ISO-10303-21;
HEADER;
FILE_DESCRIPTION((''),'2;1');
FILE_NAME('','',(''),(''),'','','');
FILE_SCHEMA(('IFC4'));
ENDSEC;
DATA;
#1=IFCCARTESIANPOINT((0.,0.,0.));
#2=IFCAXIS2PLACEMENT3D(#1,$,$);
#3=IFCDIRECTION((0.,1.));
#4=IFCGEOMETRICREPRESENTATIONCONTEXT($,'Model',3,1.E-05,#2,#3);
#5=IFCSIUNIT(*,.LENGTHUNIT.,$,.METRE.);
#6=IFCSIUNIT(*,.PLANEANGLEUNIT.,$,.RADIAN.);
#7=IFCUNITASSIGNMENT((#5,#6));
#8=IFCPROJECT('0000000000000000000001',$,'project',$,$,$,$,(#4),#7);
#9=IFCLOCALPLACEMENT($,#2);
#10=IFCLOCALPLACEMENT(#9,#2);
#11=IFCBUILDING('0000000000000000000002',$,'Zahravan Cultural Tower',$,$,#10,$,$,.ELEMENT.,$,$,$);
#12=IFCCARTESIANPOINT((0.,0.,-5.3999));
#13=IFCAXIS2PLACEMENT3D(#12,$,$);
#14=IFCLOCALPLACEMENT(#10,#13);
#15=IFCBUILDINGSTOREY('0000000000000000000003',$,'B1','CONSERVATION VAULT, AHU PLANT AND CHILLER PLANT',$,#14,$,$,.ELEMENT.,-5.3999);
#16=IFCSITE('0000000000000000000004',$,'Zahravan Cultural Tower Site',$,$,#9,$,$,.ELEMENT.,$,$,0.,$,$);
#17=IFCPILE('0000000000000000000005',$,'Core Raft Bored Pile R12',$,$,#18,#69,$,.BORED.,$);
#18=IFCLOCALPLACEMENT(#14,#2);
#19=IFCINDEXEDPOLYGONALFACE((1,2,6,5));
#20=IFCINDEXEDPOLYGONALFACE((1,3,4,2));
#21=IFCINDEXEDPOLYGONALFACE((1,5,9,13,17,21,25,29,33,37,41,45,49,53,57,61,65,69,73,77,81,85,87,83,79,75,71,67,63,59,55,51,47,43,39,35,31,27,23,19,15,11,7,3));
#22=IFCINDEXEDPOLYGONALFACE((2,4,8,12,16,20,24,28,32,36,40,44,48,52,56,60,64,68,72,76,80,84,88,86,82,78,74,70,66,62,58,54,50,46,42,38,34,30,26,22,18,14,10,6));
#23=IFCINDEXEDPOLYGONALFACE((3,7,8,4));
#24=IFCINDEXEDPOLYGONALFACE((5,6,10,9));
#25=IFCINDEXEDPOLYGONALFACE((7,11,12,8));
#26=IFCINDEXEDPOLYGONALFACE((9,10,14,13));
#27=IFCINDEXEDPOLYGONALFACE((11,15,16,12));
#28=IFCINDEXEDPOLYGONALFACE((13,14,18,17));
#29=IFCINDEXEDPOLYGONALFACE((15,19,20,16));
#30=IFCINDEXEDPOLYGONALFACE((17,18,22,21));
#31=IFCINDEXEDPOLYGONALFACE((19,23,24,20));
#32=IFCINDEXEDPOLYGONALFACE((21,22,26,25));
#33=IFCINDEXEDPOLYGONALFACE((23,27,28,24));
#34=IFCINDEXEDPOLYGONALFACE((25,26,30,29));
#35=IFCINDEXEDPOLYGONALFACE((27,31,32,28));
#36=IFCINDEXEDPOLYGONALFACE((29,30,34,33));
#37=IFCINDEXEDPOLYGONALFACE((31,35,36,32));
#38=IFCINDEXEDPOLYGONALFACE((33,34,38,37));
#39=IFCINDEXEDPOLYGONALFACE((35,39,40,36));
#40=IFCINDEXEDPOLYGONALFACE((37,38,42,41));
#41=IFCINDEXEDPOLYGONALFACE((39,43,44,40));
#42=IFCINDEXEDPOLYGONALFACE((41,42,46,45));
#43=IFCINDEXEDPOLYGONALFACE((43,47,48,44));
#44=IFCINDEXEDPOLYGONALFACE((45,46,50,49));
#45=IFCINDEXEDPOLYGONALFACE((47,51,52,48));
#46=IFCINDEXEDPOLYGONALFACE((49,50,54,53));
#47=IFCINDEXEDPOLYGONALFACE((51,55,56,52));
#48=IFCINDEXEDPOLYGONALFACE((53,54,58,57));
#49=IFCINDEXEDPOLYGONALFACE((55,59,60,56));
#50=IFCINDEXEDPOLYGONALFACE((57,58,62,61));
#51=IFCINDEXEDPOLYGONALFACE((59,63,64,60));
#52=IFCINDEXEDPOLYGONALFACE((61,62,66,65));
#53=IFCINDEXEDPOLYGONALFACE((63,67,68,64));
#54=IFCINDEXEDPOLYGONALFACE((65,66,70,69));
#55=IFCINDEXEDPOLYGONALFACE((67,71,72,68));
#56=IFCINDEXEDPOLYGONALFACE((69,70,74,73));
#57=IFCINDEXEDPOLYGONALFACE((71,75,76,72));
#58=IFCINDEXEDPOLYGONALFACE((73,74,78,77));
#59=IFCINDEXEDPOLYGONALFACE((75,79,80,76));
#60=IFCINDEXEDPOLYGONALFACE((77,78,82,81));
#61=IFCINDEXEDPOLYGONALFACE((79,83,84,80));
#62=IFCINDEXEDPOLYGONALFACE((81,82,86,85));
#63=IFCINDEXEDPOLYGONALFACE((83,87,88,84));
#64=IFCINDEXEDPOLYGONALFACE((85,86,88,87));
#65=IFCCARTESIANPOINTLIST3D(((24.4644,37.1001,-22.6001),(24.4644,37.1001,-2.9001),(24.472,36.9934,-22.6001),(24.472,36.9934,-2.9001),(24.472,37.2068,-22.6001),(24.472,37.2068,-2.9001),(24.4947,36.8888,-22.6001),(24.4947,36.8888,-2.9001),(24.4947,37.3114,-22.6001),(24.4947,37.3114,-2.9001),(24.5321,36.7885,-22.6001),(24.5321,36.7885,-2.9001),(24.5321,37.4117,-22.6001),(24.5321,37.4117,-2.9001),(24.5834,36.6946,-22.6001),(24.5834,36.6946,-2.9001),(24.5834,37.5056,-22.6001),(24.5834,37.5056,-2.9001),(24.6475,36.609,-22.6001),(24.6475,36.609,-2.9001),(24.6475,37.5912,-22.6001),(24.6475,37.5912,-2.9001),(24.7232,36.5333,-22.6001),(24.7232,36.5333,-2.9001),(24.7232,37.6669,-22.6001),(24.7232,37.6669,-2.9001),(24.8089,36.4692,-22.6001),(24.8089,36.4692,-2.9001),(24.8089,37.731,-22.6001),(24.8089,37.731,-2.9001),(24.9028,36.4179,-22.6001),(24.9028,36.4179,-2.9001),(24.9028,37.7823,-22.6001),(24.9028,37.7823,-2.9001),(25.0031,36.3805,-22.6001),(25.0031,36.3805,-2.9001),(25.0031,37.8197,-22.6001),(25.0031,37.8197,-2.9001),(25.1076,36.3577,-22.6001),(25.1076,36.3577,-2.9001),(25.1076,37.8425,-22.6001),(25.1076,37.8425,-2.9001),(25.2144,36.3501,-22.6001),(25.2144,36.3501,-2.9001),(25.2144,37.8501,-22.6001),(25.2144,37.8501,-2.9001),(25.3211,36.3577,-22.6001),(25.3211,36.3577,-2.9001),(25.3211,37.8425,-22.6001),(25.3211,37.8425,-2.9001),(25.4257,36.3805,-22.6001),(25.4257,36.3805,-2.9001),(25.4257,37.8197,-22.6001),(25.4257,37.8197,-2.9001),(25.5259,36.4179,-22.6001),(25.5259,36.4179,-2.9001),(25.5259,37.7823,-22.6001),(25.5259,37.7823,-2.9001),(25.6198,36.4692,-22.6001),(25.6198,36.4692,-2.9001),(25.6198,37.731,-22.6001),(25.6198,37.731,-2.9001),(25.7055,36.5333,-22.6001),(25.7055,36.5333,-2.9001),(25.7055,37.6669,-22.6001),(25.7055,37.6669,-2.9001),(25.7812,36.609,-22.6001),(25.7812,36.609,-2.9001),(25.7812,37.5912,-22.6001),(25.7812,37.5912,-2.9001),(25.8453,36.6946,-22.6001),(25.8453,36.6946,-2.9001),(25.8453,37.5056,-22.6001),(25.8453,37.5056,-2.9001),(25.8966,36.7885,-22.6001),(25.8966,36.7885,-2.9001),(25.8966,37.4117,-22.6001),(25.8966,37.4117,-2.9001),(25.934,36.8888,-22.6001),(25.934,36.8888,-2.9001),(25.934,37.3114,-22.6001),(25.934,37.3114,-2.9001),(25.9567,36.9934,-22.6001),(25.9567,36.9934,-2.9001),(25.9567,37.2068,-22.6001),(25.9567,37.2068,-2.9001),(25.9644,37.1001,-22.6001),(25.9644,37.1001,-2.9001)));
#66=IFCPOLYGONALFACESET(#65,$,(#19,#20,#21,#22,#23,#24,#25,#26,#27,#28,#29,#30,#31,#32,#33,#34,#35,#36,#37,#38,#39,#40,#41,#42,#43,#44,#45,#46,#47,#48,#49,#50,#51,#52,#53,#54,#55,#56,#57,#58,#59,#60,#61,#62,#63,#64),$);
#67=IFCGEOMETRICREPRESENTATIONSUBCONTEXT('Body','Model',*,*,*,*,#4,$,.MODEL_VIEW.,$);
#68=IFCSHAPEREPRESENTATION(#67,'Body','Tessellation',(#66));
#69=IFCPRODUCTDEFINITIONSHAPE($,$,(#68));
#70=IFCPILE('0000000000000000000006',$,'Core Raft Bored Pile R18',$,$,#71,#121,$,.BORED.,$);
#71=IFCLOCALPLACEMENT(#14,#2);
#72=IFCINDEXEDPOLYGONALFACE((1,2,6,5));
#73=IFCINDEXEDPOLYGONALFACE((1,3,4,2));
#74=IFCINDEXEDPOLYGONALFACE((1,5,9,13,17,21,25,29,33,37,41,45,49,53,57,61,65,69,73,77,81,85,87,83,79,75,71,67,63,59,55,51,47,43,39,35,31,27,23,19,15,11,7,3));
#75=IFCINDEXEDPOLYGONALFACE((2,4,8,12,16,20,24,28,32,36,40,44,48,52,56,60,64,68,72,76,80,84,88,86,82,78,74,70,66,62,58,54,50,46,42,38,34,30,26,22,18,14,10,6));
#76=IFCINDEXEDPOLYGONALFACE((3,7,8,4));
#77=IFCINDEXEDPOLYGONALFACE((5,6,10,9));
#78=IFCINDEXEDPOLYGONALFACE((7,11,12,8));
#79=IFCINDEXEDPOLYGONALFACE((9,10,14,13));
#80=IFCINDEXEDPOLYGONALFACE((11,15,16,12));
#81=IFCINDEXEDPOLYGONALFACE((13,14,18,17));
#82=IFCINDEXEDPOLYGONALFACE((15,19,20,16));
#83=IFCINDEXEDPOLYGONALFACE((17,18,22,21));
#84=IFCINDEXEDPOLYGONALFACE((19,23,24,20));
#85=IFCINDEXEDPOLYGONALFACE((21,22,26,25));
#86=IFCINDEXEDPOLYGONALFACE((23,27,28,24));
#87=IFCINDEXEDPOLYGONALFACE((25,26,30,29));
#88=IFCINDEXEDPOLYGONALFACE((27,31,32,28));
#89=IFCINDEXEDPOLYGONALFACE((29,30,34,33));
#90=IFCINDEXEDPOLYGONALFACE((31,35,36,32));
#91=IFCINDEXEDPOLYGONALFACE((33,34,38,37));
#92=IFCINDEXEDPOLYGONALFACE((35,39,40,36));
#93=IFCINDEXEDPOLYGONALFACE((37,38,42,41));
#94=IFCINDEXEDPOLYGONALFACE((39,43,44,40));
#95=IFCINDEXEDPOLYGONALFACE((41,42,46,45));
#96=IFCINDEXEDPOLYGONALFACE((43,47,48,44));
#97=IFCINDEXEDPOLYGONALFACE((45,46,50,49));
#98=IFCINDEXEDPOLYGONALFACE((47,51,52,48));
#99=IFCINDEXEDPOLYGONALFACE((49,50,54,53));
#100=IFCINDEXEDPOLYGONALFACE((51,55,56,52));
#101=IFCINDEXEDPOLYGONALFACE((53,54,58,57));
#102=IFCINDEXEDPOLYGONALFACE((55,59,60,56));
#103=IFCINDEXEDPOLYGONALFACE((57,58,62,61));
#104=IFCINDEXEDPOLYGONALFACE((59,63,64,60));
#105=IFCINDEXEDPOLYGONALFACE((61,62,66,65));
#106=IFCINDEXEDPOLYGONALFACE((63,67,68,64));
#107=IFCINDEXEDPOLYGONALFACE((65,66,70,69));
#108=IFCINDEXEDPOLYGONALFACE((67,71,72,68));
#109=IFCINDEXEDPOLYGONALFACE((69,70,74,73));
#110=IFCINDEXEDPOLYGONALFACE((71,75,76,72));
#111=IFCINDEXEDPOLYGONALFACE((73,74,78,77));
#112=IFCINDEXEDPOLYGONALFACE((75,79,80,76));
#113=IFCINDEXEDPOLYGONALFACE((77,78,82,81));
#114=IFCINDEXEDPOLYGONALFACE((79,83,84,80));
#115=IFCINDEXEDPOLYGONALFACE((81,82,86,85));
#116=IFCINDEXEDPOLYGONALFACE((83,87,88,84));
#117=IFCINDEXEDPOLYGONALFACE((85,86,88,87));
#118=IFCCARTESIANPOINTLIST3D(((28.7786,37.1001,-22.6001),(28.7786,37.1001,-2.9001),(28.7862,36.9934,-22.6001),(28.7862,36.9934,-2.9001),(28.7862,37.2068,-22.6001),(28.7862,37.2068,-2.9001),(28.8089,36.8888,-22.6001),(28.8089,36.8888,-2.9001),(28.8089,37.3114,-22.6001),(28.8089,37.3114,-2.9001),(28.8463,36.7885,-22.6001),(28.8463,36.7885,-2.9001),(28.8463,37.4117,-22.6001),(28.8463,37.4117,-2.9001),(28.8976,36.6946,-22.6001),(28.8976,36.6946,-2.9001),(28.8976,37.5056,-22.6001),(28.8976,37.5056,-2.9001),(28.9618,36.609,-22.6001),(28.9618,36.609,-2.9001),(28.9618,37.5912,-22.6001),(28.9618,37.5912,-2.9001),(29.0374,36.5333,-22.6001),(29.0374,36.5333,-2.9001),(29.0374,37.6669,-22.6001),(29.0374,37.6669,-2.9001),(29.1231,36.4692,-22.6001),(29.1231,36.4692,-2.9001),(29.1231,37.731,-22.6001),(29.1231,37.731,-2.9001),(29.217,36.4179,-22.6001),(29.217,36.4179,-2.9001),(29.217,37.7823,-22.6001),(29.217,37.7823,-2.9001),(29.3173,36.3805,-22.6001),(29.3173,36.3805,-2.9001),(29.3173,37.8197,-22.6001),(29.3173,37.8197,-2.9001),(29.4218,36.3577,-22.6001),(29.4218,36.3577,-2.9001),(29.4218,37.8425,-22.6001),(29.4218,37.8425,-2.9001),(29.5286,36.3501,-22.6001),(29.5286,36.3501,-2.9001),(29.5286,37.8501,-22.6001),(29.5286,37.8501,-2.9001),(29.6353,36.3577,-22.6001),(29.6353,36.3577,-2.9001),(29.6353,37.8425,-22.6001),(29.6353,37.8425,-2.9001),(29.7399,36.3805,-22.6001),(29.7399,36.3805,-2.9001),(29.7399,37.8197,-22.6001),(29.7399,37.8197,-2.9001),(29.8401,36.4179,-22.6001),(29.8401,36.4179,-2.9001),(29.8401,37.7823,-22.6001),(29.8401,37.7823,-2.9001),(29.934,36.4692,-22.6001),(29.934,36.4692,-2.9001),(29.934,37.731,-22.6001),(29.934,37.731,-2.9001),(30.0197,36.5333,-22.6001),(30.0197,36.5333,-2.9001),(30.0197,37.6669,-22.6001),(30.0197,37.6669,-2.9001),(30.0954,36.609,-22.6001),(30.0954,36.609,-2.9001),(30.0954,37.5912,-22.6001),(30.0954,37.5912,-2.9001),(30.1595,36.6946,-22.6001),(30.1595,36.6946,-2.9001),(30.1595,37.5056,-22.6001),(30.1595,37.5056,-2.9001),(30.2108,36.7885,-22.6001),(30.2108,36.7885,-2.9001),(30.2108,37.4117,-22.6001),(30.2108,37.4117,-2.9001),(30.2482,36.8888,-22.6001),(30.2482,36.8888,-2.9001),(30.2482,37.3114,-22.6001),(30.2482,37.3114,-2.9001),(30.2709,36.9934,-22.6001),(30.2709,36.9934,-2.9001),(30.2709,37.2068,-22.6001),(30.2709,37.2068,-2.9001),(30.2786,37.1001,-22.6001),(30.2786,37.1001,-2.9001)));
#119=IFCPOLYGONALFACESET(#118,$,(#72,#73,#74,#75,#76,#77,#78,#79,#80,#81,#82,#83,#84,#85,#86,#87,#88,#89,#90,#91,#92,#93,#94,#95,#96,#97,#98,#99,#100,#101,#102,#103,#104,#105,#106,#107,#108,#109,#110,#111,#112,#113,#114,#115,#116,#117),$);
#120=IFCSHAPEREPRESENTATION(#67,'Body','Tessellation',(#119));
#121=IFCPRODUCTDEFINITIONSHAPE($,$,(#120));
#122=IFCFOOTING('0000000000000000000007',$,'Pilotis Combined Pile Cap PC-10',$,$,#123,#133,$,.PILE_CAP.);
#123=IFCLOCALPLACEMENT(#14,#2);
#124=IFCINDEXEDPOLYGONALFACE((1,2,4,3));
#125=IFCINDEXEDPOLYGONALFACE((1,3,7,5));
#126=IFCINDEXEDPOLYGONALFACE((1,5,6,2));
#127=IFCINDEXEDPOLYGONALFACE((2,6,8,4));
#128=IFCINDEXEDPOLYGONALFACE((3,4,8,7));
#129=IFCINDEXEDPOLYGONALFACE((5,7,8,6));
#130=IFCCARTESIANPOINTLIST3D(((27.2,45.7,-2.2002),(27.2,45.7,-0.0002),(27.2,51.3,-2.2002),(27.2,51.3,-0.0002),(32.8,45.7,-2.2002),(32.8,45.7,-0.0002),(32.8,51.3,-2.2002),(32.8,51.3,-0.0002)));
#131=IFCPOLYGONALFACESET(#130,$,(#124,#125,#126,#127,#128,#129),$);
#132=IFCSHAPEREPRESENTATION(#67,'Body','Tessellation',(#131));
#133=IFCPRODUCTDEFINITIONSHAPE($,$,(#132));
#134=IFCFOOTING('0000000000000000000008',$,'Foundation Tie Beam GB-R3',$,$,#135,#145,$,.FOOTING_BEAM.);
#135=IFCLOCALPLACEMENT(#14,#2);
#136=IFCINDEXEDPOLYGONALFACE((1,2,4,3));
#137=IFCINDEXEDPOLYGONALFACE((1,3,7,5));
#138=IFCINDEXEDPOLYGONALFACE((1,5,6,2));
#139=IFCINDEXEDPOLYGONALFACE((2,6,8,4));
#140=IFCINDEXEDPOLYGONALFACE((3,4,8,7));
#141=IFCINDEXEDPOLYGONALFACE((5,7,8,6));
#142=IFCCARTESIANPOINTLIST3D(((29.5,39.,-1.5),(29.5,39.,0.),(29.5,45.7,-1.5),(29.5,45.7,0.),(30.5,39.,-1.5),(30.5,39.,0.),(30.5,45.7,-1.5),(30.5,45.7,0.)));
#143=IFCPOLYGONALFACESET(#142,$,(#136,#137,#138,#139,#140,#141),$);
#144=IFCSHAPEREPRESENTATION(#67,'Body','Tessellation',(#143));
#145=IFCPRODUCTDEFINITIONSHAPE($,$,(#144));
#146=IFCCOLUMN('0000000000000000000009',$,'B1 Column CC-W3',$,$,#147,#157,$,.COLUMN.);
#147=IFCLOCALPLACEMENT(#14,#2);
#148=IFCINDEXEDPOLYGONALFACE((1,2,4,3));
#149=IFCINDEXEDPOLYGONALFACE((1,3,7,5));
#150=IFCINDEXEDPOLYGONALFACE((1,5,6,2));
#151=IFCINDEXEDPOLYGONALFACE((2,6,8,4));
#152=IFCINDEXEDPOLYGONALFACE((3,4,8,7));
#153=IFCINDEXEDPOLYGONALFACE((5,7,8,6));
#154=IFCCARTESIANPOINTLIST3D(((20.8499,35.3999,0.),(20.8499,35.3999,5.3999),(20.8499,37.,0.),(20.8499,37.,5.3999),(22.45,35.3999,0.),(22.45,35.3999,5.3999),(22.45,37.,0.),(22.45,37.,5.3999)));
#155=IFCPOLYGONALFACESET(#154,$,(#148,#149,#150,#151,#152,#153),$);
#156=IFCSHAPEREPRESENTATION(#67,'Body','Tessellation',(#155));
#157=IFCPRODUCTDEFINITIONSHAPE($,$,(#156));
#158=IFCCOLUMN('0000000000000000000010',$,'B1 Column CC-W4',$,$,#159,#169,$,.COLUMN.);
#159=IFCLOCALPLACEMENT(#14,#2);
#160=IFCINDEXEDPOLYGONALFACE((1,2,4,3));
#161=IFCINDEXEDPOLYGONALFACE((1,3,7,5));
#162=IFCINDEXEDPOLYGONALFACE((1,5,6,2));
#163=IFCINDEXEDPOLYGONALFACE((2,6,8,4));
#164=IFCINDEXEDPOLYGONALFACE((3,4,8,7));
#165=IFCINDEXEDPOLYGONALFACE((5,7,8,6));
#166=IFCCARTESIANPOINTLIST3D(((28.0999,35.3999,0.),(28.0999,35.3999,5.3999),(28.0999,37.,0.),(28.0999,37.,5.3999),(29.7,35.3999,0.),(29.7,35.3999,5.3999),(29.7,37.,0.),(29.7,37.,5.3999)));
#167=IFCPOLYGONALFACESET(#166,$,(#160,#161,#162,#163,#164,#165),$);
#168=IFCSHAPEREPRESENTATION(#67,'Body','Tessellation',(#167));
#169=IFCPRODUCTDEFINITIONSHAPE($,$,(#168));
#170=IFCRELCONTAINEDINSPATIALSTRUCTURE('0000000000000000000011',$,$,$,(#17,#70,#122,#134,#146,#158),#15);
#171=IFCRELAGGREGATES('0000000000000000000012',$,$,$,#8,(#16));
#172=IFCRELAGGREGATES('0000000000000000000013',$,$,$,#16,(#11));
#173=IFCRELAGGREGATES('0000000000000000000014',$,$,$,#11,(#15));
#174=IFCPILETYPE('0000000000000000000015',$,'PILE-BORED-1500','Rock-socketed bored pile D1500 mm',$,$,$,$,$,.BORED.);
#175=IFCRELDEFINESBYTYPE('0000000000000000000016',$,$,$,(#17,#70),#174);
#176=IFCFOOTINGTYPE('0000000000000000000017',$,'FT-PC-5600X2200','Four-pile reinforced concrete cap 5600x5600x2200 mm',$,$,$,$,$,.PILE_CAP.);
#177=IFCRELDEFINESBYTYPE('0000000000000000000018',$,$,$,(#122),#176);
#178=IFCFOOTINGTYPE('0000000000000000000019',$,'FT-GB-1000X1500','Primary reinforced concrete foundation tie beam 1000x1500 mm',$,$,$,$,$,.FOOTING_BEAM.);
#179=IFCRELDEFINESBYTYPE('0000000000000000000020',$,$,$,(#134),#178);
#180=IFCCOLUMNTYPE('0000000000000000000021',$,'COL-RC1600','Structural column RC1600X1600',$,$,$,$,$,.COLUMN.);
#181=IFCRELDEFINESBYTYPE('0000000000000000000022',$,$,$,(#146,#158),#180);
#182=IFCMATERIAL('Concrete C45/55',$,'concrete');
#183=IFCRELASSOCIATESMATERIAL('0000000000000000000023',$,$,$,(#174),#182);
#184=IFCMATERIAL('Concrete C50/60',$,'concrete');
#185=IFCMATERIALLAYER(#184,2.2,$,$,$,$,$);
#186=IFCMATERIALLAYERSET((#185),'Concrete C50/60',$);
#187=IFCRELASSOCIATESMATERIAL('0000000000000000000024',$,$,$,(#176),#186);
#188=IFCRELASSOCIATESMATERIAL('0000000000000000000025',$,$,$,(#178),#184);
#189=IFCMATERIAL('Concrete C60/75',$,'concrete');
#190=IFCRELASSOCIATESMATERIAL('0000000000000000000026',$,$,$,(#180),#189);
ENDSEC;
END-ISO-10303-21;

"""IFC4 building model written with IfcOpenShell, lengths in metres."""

from ifc_helpers import new_model, si_unit, direction, frame, origin, origin_2d, place, context, subcontext, project, spatial, rectangle, circle, extrude, source, transform, mapped, material, layer, layer_set, material_profile, profile_set, type_object, element, save


model = new_model("IFC4")

# Units and contexts
model_context = context("Model", 3, precision=1e-05, world=origin(), true_north=direction((0.0, 1.0)))
body_context = subcontext(model_context, "Body", "Model", "MODEL_VIEW")
ifc_project = project(units=[si_unit("LENGTHUNIT", "METRE"), si_unit("PLANEANGLEUNIT", "RADIAN")], contexts=[model_context])

# Site, building, storey
site_placement = place(None, origin())
site = spatial("IfcSite", under=ifc_project, at=site_placement, Name="Zahravan Cultural Tower Site", CompositionType="ELEMENT", RefElevation=0.0)
building_placement = place(site_placement, origin())
building = spatial("IfcBuilding", under=site, at=building_placement, Name="Zahravan Cultural Tower", CompositionType="ELEMENT")
storey_placement = place(building_placement, frame((0.0, 0.0, -5.3999)))
storey = spatial("IfcBuildingStorey", under=building, at=storey_placement, Name="B1", Description="CONSERVATION VAULT, AHU PLANT AND CHILLER PLANT", CompositionType="ELEMENT", Elevation=-5.3999)

# Piles
ifc_material_1 = material(Name="Concrete C45/55", Category="concrete")
ifc_material_profile_1 = material_profile(ifc_material_1, circle(Radius=0.75, at=origin_2d()), Name="PILE-D1500")
ifc_profile_set_1 = profile_set([ifc_material_profile_1], Name="Concrete C45/55")
pile_type_1 = type_object("IfcPileType", Name="PILE-BORED-1500", Description="Rock-socketed bored pile D1500 mm", PredefinedType="BORED", material=ifc_profile_set_1)
for number, where, z_axis, x_axis, name in (
    (1, (25.2144, 37.1001, -2.9001), (0.0, 0.0, -1.0), (1.0, 0.0, 0.0), "Core Raft Bored Pile R12"),
    (2, (29.5286, 37.1001, -2.9001), (0.0, 0.0, -1.0), (1.0, 0.0, 0.0), "Core Raft Bored Pile R18"),
):
    element("IfcPile", number, at=place(storey_placement, frame(where, z_axis=z_axis, x_axis=x_axis)), inside=storey, type_object=pile_type_1, Name=name, PredefinedType="BORED", context=body_context, shape_type="SweptSolid", body=[
        extrude(circle(Radius=0.75, at=origin_2d()), origin(), (0.0, 0.0, 1.0), 19.7),
    ])

# Footings
ifc_material_2 = material(Name="Concrete C50/60", Category="concrete")
ifc_layer_1 = layer(ifc_material_2, 2.2)
ifc_layer_set_1 = layer_set([ifc_layer_1], Name="Concrete C50/60")
footing_type_1 = type_object("IfcFootingType", Name="FT-PC-5600X2200", Description="Four-pile reinforced concrete cap 5600x5600x2200 mm", PredefinedType="PILE_CAP", material=ifc_layer_set_1)
shared_shape_1 = source(origin(), body_context, "Body", "SweptSolid", [
    extrude(rectangle(XDim=5.6001, YDim=5.6001, at=origin_2d()), origin(), (0.0, 0.0, 1.0), 2.2),
])
footing_1_placement = place(storey_placement, frame((30.0, 48.5, -2.2002), z_axis=(0.0, 0.0, 1.0), x_axis=(1.0, 0.0, 0.0)))
element("IfcFooting", 3, at=footing_1_placement, inside=storey, type_object=footing_type_1, Name="Pilotis Combined Pile Cap PC-10", PredefinedType="PILE_CAP", context=body_context, shape_type="MappedRepresentation", body=[
    mapped(shared_shape_1, transform((0.0, 0.0, 0.0), x_axis=(1.0, 0.0, 0.0), y_axis=(0.0, 1.0, 0.0), z_axis=(0.0, 0.0, 1.0), scale=1.0)),
])
ifc_material_profile_2 = material_profile(ifc_material_2, rectangle(XDim=1.0, YDim=1.5, at=origin_2d()), Name="RC1000X1500")
ifc_profile_set_2 = profile_set([ifc_material_profile_2], Name="Concrete C50/60")
footing_type_2 = type_object("IfcFootingType", Name="FT-GB-1000X1500", Description="Primary reinforced concrete foundation tie beam 1000x1500 mm", PredefinedType="FOOTING_BEAM", material=ifc_profile_set_2)
shared_shape_2 = source(origin(), body_context, "Body", "SweptSolid", [
    extrude(rectangle(XDim=1.0, YDim=1.5, at=origin_2d()), origin(), (0.0, 0.0, 1.0), 6.7),
])
footing_2_placement = place(storey_placement, frame((30.0, 39.0, -0.75), z_axis=(0.0, 1.0, 0.0), x_axis=(-1.0, 0.0, 0.0)))
element("IfcFooting", 4, at=footing_2_placement, inside=storey, type_object=footing_type_2, Name="Foundation Tie Beam GB-R3", PredefinedType="FOOTING_BEAM", context=body_context, shape_type="MappedRepresentation", body=[
    mapped(shared_shape_2, transform((0.0, 0.0, 0.0), x_axis=(1.0, 0.0, 0.0), y_axis=(0.0, 1.0, 0.0), z_axis=(0.0, 0.0, 1.0), scale=1.0)),
])

# Columns
ifc_material_3 = material(Name="Concrete C60/75", Category="concrete")
ifc_material_profile_3 = material_profile(ifc_material_3, rectangle(XDim=1.6001, YDim=1.6001, at=origin_2d()), Name="RC1600X1600")
ifc_profile_set_3 = profile_set([ifc_material_profile_3], Name="Concrete C60/75")
column_type_1 = type_object("IfcColumnType", Name="COL-RC1600", Description="Structural column RC1600X1600", PredefinedType="COLUMN", material=ifc_profile_set_3)
shared_shape_3 = source(origin(), body_context, "Body", "SweptSolid", [
    extrude(rectangle(XDim=1.6001, YDim=1.6001, at=origin_2d()), origin(), (0.0, 0.0, 1.0), 5.3999),
])
for number, where, z_axis, x_axis, name in (
    (5, (21.6499, 36.2, 0.0), (0.0, 0.0, 1.0), (1.0, 0.0, 0.0), "B1 Column CC-W3"),
    (6, (28.8999, 36.2, 0.0), (0.0, 0.0, 1.0), (1.0, 0.0, 0.0), "B1 Column CC-W4"),
):
    element("IfcColumn", number, at=place(storey_placement, frame(where, z_axis=z_axis, x_axis=x_axis)), inside=storey, type_object=column_type_1, Name=name, PredefinedType="COLUMN", context=body_context, shape_type="MappedRepresentation", body=[
        mapped(shared_shape_3, transform((0.0, 0.0, 0.0), x_axis=(1.0, 0.0, 0.0), y_axis=(0.0, 1.0, 0.0), z_axis=(0.0, 0.0, 1.0), scale=1.0)),
    ])

save(model, "model.ifc")
